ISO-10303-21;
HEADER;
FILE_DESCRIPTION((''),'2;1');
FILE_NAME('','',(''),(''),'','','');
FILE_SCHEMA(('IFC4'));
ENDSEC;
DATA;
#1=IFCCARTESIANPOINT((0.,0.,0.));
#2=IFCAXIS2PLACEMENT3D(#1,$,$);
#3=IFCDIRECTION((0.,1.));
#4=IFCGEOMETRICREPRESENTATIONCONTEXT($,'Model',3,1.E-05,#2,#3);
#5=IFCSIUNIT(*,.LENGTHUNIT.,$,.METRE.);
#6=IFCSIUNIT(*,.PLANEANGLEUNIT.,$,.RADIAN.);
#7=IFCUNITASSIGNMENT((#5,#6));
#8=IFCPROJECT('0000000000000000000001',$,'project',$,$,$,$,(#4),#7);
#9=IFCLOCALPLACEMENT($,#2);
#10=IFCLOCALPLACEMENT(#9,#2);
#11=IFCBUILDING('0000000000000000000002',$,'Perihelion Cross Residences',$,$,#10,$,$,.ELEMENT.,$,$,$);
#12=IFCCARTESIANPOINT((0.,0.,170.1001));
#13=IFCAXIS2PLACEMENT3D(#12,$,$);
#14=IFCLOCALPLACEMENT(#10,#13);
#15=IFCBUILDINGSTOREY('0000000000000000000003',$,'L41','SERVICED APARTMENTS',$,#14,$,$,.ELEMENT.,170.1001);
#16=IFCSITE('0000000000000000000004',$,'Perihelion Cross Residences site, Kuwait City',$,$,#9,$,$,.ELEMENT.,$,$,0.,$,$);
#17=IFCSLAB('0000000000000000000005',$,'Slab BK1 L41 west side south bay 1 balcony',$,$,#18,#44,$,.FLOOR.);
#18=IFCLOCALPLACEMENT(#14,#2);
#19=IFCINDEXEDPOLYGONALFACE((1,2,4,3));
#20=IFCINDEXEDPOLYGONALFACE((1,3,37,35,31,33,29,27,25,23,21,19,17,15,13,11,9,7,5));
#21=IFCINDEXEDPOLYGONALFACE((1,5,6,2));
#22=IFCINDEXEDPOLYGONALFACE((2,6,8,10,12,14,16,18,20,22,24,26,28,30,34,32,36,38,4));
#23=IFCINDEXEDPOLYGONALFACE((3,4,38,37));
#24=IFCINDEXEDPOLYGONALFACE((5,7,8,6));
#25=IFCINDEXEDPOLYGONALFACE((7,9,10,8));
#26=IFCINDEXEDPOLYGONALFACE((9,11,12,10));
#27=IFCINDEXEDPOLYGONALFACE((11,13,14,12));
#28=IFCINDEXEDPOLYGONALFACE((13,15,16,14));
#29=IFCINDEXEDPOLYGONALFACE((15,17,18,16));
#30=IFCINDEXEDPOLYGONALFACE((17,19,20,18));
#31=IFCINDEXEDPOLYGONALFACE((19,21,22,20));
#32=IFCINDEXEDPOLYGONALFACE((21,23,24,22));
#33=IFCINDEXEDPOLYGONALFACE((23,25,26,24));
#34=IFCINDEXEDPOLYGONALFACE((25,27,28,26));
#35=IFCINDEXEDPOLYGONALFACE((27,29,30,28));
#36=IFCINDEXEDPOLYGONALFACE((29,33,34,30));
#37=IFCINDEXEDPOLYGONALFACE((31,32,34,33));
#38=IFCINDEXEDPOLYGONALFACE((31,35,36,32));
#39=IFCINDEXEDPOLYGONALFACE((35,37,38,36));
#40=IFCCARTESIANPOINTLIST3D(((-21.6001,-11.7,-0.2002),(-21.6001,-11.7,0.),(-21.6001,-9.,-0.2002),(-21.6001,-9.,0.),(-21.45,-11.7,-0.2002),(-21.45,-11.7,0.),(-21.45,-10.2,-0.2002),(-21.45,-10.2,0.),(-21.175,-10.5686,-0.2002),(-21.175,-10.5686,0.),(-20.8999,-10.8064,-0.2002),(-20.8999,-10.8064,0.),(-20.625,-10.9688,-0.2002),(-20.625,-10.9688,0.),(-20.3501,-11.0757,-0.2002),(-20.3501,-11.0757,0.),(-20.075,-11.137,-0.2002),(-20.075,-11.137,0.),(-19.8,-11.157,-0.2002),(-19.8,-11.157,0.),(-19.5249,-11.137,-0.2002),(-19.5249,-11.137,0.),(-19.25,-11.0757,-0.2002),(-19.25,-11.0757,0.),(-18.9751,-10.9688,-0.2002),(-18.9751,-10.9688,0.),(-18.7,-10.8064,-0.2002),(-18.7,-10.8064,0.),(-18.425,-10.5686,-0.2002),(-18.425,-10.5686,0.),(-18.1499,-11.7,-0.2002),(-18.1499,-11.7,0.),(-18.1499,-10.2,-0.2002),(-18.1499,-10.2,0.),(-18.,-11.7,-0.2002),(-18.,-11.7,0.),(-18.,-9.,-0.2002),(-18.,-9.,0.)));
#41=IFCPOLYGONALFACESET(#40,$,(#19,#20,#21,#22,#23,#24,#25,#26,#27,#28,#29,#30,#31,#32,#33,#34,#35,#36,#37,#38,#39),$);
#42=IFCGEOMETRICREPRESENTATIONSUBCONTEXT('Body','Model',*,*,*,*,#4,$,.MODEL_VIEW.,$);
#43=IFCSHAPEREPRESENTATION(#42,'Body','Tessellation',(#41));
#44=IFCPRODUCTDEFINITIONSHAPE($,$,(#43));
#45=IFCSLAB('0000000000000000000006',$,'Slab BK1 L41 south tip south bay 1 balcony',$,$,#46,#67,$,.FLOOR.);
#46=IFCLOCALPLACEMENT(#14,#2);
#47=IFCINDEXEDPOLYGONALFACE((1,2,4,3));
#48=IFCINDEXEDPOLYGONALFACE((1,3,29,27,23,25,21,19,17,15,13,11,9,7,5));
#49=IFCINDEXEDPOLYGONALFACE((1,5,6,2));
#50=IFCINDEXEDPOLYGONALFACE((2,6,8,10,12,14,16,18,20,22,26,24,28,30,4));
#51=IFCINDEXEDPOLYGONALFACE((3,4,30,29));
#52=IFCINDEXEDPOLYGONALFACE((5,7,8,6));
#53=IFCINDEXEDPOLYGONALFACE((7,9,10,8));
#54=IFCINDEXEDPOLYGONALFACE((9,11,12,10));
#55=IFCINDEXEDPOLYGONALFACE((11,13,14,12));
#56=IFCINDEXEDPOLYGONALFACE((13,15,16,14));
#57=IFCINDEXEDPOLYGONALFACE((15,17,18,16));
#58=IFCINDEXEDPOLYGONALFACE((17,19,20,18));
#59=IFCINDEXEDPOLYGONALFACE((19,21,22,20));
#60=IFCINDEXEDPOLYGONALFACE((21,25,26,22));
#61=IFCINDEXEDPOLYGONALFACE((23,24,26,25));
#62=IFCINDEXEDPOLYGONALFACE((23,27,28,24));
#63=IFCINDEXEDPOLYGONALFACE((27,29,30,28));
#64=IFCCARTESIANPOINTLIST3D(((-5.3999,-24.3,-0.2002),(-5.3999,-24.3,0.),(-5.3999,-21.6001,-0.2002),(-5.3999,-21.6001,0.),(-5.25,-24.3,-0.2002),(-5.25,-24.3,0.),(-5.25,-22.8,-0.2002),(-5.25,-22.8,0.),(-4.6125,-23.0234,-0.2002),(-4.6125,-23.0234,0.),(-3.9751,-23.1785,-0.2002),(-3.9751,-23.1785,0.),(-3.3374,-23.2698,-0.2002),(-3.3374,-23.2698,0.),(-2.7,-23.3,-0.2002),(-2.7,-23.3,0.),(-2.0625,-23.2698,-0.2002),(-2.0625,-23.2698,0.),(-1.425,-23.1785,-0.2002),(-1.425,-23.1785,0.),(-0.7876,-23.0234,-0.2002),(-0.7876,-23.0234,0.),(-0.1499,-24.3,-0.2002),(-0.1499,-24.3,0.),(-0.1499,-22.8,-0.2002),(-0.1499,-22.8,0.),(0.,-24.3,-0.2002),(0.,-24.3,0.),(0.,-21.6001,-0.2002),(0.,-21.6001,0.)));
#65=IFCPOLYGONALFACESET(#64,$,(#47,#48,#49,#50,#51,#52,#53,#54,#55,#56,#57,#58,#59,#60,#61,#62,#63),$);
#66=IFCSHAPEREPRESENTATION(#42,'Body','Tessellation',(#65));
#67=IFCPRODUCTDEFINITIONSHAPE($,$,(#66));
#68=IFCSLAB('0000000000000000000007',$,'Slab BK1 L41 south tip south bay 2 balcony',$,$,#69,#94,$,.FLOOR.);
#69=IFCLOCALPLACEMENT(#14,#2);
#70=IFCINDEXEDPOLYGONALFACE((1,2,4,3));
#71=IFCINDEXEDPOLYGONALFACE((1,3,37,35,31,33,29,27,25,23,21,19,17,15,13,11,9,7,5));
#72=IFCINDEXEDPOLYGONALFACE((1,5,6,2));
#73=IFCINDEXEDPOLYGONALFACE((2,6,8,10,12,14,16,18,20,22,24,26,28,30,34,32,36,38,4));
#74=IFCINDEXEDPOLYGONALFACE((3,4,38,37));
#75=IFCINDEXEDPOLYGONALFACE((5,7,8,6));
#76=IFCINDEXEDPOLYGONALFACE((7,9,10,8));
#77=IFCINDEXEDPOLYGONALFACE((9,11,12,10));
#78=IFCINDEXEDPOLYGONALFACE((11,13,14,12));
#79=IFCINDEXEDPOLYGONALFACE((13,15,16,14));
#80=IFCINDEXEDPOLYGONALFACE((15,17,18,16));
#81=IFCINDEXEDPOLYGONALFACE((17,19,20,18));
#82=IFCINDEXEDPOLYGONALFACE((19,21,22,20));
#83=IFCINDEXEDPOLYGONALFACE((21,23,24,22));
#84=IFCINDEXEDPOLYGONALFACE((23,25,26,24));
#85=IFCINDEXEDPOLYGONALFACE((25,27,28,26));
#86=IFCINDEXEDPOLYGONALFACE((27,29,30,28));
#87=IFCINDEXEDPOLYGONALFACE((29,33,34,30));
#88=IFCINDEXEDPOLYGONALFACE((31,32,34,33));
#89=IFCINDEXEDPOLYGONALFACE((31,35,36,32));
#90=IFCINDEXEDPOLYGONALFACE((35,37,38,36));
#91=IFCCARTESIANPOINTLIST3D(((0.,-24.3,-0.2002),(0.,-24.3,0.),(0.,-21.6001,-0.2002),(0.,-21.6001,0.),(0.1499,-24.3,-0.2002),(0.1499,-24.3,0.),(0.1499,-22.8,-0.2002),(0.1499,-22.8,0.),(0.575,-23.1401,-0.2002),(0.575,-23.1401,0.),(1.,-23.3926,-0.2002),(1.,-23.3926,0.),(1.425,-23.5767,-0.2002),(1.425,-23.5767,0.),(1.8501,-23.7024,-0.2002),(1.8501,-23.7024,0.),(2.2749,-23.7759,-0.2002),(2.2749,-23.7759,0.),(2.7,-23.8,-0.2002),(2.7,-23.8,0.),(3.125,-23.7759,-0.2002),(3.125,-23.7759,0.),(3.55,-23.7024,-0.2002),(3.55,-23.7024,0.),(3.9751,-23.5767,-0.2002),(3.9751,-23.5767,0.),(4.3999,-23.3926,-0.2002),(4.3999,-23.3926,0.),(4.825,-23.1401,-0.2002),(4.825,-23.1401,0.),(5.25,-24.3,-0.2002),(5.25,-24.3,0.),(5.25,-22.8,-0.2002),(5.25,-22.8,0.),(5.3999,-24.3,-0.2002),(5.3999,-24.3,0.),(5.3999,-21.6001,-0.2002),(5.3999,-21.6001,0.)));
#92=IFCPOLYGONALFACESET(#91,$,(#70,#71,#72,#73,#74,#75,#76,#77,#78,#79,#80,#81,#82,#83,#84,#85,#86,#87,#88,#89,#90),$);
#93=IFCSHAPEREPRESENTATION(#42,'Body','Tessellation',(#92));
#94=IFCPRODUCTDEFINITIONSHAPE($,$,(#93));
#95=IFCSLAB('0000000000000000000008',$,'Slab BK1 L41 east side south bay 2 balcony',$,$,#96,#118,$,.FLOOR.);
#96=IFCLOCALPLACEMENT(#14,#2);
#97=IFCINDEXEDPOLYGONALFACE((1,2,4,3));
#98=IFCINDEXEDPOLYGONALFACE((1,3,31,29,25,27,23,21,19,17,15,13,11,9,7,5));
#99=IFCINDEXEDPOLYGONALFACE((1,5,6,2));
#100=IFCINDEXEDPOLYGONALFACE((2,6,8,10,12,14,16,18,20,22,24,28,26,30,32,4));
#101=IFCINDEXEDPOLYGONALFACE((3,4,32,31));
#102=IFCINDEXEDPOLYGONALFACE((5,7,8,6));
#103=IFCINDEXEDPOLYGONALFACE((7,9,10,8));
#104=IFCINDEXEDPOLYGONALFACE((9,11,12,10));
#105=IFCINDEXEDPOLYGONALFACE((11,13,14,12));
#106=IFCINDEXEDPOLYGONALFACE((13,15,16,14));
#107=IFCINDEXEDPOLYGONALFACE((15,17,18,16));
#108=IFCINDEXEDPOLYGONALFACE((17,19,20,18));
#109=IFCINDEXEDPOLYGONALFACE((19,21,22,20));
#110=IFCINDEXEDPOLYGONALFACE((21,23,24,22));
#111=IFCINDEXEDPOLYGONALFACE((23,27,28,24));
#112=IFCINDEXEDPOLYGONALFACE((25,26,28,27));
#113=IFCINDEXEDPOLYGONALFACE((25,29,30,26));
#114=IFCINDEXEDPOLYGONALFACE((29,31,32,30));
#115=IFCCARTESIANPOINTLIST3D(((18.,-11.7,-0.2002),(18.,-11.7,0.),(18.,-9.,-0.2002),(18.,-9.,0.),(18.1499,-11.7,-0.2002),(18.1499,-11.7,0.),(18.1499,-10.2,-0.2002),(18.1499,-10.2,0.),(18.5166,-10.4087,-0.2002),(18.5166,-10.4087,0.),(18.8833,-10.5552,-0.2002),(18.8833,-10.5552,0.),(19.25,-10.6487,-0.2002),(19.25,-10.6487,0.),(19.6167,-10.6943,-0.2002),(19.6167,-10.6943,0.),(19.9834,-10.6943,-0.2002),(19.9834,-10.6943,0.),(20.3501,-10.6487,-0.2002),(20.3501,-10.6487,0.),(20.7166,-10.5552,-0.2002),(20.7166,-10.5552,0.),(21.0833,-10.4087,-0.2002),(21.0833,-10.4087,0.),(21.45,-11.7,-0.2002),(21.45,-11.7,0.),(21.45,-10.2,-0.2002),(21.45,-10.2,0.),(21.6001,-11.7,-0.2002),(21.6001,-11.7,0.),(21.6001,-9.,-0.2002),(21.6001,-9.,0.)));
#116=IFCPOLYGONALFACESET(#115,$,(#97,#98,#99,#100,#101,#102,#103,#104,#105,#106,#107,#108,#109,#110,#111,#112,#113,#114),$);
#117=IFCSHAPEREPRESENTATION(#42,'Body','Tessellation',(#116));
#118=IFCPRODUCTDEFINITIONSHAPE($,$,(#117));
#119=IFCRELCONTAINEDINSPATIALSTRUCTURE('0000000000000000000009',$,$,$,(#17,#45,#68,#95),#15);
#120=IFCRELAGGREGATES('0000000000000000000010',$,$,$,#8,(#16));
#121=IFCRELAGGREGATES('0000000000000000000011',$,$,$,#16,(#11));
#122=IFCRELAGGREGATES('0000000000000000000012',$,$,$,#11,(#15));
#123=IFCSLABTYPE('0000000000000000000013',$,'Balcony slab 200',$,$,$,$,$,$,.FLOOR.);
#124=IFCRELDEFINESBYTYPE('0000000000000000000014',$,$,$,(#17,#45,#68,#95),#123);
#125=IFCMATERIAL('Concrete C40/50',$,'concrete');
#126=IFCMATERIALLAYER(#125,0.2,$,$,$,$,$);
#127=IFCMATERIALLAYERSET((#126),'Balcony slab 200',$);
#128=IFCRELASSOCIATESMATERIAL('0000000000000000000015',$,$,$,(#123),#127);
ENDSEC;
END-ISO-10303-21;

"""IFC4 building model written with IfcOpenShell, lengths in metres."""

from ifc_helpers import new_model, si_unit, direction, frame, origin, place, context, subcontext, project, spatial, polyline, outline, extrude, material, layer, layer_set, type_object, element, save


model = new_model("IFC4")

# Units and contexts
model_context = context("Model", 3, precision=1e-05, world=origin(), true_north=direction((0.0, 1.0)))
body_context = subcontext(model_context, "Body", "Model", "MODEL_VIEW")
ifc_project = project(units=[si_unit("LENGTHUNIT", "METRE"), si_unit("PLANEANGLEUNIT", "RADIAN")], contexts=[model_context])

# Site, building, storey
site_placement = place(None, origin())
site = spatial("IfcSite", under=ifc_project, at=site_placement, Name="Perihelion Cross Residences site, Kuwait City", CompositionType="ELEMENT", RefElevation=0.0)
building_placement = place(site_placement, origin())
building = spatial("IfcBuilding", under=site, at=building_placement, Name="Perihelion Cross Residences", CompositionType="ELEMENT")
storey_placement = place(building_placement, frame((0.0, 0.0, 170.1001)))
storey = spatial("IfcBuildingStorey", under=building, at=storey_placement, Name="L41", Description="SERVICED APARTMENTS", CompositionType="ELEMENT", Elevation=170.1001)

# Slabs
ifc_material_1 = material(Name="Concrete C40/50", Category="concrete")
ifc_layer_1 = layer(ifc_material_1, 0.2)
ifc_layer_set_1 = layer_set([ifc_layer_1], Name="Balcony slab 200")
slab_type_1 = type_object("IfcSlabType", Name="Balcony slab 200", PredefinedType="FLOOR", material=ifc_layer_set_1)
slab_1_placement = place(storey_placement, frame((0.0, 0.0, -0.2002)))
element("IfcSlab", 1, at=slab_1_placement, inside=storey, type_object=slab_type_1, Name="Slab BK1 L41 west side south bay 1 balcony", PredefinedType="FLOOR", context=body_context, shape_type="SweptSolid", body=[
    extrude(outline(polyline([(-21.6001, -9.0), (-18.0, -9.0), (-18.0, -11.7), (-18.1499, -11.7), (-18.1499, -10.2), (-18.425, -10.5686), (-18.7, -10.8064), (-18.9751, -10.9688), (-19.25, -11.0757), (-19.5249, -11.137), (-19.8, -11.157), (-20.075, -11.137), (-20.3501, -11.0757), (-20.625, -10.9688), (-20.8999, -10.8064), (-21.175, -10.5686), (-21.45, -10.2), (-21.45, -11.7), (-21.6001, -11.7), (-21.6001, -9.0)])), origin(), (0.0, 0.0, 1.0), 0.2002),
])
slab_2_placement = place(storey_placement, frame((0.0, 0.0, -0.2002)))
element("IfcSlab", 2, at=slab_2_placement, inside=storey, type_object=slab_type_1, Name="Slab BK1 L41 south tip south bay 1 balcony", PredefinedType="FLOOR", context=body_context, shape_type="SweptSolid", body=[
    extrude(outline(polyline([(-5.3999, -21.6001), (0.0, -21.6001), (0.0, -24.3), (-0.1499, -24.3), (-0.1499, -22.8), (-0.7876, -23.0234), (-1.425, -23.1785), (-2.0625, -23.2698), (-2.7, -23.3), (-3.3374, -23.2698), (-3.9751, -23.1785), (-4.6125, -23.0234), (-5.25, -22.8), (-5.25, -24.3), (-5.3999, -24.3), (-5.3999, -21.6001)])), origin(), (0.0, 0.0, 1.0), 0.2002),
])
slab_3_placement = place(storey_placement, frame((0.0, 0.0, -0.2002)))
element("IfcSlab", 3, at=slab_3_placement, inside=storey, type_object=slab_type_1, Name="Slab BK1 L41 south tip south bay 2 balcony", PredefinedType="FLOOR", context=body_context, shape_type="SweptSolid", body=[
    extrude(outline(polyline([(0.0, -21.6001), (5.3999, -21.6001), (5.3999, -24.3), (5.25, -24.3), (5.25, -22.8), (4.825, -23.1401), (4.3999, -23.3926), (3.9751, -23.5767), (3.55, -23.7024), (3.125, -23.7759), (2.7, -23.8), (2.2749, -23.7759), (1.8501, -23.7024), (1.425, -23.5767), (1.0, -23.3926), (0.575, -23.1401), (0.1499, -22.8), (0.1499, -24.3), (0.0, -24.3), (0.0, -21.6001)])), origin(), (0.0, 0.0, 1.0), 0.2002),
])
slab_4_placement = place(storey_placement, frame((0.0, 0.0, -0.2002)))
element("IfcSlab", 4, at=slab_4_placement, inside=storey, type_object=slab_type_1, Name="Slab BK1 L41 east side south bay 2 balcony", PredefinedType="FLOOR", context=body_context, shape_type="SweptSolid", body=[
    extrude(outline(polyline([(18.0, -9.0), (21.6001, -9.0), (21.6001, -11.7), (21.45, -11.7), (21.45, -10.2), (21.0833, -10.4087), (20.7166, -10.5552), (20.3501, -10.6487), (19.9834, -10.6943), (19.6167, -10.6943), (19.25, -10.6487), (18.8833, -10.5552), (18.5166, -10.4087), (18.1499, -10.2), (18.1499, -11.7), (18.0, -11.7), (18.0, -9.0)])), origin(), (0.0, 0.0, 1.0), 0.2002),
])

save(model, "model.ifc")
